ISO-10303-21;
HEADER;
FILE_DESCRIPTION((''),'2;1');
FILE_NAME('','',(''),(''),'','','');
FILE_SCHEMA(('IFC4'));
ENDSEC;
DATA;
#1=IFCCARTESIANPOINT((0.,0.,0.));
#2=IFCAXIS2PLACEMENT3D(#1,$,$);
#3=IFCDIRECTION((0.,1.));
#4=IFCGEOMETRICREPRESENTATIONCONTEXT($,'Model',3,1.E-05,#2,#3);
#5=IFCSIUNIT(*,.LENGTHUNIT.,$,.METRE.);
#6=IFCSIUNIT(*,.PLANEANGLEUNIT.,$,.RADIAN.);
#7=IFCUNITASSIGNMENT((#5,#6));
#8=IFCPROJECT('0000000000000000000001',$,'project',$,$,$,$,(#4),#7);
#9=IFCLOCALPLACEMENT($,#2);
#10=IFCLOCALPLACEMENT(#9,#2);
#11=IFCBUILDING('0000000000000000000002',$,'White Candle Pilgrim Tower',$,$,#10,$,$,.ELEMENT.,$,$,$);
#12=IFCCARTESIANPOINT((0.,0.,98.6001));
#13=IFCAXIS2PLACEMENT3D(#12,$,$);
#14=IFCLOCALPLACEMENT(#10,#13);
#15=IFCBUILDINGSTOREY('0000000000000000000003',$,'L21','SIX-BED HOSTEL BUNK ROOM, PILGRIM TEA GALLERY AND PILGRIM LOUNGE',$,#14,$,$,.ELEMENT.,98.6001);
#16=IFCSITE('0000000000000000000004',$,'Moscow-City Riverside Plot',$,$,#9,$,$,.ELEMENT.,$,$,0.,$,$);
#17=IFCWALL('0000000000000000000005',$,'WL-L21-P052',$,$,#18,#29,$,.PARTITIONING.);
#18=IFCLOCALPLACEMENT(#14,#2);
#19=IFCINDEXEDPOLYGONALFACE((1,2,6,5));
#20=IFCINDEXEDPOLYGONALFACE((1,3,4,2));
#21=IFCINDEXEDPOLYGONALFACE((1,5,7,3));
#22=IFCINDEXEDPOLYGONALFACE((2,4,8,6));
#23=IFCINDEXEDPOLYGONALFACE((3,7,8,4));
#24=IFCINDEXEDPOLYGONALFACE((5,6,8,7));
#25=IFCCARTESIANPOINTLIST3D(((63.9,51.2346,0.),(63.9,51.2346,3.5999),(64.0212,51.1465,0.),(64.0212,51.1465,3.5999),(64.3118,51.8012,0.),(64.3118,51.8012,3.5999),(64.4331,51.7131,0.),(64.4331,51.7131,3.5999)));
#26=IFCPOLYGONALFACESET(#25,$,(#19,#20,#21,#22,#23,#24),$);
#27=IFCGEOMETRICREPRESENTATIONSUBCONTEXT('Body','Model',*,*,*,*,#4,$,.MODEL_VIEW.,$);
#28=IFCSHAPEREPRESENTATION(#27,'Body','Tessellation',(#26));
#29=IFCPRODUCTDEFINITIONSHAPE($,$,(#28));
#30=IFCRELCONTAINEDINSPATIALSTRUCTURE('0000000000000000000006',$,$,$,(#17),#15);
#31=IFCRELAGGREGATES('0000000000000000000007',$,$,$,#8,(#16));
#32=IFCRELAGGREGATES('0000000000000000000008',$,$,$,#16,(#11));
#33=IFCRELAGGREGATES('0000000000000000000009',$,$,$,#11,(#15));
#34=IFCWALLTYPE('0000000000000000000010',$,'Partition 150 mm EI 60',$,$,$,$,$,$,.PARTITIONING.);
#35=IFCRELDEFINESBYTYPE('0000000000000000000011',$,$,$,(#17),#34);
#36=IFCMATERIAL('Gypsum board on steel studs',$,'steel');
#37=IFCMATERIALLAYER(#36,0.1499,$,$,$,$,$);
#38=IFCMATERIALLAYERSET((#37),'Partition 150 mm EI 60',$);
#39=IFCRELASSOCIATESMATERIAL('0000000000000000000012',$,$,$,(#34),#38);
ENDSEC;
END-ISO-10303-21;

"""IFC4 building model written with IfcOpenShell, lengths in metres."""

from ifc_helpers import new_model, si_unit, direction, frame, frame_2d, origin, place, context, subcontext, project, spatial, rectangle, extrude, material, layer, layer_set, type_object, element, save


model = new_model("IFC4")

# Units and contexts
model_context = context("Model", 3, precision=1e-05, world=origin(), true_north=direction((0.0, 1.0)))
body_context = subcontext(model_context, "Body", "Model", "MODEL_VIEW")
ifc_project = project(units=[si_unit("LENGTHUNIT", "METRE"), si_unit("PLANEANGLEUNIT", "RADIAN")], contexts=[model_context])

# Site, building, storey
site_placement = place(None, origin())
site = spatial("IfcSite", under=ifc_project, at=site_placement, Name="Moscow-City Riverside Plot", CompositionType="ELEMENT", RefElevation=0.0)
building_placement = place(site_placement, origin())
building = spatial("IfcBuilding", under=site, at=building_placement, Name="White Candle Pilgrim Tower", CompositionType="ELEMENT")
storey_placement = place(building_placement, frame((0.0, 0.0, 98.6001)))
storey = spatial("IfcBuildingStorey", under=building, at=storey_placement, Name="L21", Description="SIX-BED HOSTEL BUNK ROOM, PILGRIM TEA GALLERY AND PILGRIM LOUNGE", CompositionType="ELEMENT", Elevation=98.6001)

# Shared definitions
ifc_material_1 = material(Name="Gypsum board on steel studs", Category="steel")
ifc_layer_1 = layer(ifc_material_1, 0.1499)
ifc_layer_set_1 = layer_set([ifc_layer_1], Name="Partition 150 mm EI 60")
wall_type_1 = type_object("IfcWallType", Name="Partition 150 mm EI 60", PredefinedType="PARTITIONING", material=ifc_layer_set_1)

# Wall
wall_1_placement = place(storey_placement, frame((63.9607, 51.1907, 0.0), z_axis=(0.0, 0.0, 1.0), x_axis=(0.587944, 0.808902, 0.0)))
element("IfcWall", 1, at=wall_1_placement, inside=storey, type_object=wall_type_1, Name="WL-L21-P052", PredefinedType="PARTITIONING", context=body_context, shape_type="SweptSolid", body=[
    extrude(rectangle(XDim=0.7004, YDim=0.1499, at=frame_2d((0.3501, 0.0))), origin(), (0.0, 0.0, 1.0), 3.5999),
])

save(model, "model.ifc")
